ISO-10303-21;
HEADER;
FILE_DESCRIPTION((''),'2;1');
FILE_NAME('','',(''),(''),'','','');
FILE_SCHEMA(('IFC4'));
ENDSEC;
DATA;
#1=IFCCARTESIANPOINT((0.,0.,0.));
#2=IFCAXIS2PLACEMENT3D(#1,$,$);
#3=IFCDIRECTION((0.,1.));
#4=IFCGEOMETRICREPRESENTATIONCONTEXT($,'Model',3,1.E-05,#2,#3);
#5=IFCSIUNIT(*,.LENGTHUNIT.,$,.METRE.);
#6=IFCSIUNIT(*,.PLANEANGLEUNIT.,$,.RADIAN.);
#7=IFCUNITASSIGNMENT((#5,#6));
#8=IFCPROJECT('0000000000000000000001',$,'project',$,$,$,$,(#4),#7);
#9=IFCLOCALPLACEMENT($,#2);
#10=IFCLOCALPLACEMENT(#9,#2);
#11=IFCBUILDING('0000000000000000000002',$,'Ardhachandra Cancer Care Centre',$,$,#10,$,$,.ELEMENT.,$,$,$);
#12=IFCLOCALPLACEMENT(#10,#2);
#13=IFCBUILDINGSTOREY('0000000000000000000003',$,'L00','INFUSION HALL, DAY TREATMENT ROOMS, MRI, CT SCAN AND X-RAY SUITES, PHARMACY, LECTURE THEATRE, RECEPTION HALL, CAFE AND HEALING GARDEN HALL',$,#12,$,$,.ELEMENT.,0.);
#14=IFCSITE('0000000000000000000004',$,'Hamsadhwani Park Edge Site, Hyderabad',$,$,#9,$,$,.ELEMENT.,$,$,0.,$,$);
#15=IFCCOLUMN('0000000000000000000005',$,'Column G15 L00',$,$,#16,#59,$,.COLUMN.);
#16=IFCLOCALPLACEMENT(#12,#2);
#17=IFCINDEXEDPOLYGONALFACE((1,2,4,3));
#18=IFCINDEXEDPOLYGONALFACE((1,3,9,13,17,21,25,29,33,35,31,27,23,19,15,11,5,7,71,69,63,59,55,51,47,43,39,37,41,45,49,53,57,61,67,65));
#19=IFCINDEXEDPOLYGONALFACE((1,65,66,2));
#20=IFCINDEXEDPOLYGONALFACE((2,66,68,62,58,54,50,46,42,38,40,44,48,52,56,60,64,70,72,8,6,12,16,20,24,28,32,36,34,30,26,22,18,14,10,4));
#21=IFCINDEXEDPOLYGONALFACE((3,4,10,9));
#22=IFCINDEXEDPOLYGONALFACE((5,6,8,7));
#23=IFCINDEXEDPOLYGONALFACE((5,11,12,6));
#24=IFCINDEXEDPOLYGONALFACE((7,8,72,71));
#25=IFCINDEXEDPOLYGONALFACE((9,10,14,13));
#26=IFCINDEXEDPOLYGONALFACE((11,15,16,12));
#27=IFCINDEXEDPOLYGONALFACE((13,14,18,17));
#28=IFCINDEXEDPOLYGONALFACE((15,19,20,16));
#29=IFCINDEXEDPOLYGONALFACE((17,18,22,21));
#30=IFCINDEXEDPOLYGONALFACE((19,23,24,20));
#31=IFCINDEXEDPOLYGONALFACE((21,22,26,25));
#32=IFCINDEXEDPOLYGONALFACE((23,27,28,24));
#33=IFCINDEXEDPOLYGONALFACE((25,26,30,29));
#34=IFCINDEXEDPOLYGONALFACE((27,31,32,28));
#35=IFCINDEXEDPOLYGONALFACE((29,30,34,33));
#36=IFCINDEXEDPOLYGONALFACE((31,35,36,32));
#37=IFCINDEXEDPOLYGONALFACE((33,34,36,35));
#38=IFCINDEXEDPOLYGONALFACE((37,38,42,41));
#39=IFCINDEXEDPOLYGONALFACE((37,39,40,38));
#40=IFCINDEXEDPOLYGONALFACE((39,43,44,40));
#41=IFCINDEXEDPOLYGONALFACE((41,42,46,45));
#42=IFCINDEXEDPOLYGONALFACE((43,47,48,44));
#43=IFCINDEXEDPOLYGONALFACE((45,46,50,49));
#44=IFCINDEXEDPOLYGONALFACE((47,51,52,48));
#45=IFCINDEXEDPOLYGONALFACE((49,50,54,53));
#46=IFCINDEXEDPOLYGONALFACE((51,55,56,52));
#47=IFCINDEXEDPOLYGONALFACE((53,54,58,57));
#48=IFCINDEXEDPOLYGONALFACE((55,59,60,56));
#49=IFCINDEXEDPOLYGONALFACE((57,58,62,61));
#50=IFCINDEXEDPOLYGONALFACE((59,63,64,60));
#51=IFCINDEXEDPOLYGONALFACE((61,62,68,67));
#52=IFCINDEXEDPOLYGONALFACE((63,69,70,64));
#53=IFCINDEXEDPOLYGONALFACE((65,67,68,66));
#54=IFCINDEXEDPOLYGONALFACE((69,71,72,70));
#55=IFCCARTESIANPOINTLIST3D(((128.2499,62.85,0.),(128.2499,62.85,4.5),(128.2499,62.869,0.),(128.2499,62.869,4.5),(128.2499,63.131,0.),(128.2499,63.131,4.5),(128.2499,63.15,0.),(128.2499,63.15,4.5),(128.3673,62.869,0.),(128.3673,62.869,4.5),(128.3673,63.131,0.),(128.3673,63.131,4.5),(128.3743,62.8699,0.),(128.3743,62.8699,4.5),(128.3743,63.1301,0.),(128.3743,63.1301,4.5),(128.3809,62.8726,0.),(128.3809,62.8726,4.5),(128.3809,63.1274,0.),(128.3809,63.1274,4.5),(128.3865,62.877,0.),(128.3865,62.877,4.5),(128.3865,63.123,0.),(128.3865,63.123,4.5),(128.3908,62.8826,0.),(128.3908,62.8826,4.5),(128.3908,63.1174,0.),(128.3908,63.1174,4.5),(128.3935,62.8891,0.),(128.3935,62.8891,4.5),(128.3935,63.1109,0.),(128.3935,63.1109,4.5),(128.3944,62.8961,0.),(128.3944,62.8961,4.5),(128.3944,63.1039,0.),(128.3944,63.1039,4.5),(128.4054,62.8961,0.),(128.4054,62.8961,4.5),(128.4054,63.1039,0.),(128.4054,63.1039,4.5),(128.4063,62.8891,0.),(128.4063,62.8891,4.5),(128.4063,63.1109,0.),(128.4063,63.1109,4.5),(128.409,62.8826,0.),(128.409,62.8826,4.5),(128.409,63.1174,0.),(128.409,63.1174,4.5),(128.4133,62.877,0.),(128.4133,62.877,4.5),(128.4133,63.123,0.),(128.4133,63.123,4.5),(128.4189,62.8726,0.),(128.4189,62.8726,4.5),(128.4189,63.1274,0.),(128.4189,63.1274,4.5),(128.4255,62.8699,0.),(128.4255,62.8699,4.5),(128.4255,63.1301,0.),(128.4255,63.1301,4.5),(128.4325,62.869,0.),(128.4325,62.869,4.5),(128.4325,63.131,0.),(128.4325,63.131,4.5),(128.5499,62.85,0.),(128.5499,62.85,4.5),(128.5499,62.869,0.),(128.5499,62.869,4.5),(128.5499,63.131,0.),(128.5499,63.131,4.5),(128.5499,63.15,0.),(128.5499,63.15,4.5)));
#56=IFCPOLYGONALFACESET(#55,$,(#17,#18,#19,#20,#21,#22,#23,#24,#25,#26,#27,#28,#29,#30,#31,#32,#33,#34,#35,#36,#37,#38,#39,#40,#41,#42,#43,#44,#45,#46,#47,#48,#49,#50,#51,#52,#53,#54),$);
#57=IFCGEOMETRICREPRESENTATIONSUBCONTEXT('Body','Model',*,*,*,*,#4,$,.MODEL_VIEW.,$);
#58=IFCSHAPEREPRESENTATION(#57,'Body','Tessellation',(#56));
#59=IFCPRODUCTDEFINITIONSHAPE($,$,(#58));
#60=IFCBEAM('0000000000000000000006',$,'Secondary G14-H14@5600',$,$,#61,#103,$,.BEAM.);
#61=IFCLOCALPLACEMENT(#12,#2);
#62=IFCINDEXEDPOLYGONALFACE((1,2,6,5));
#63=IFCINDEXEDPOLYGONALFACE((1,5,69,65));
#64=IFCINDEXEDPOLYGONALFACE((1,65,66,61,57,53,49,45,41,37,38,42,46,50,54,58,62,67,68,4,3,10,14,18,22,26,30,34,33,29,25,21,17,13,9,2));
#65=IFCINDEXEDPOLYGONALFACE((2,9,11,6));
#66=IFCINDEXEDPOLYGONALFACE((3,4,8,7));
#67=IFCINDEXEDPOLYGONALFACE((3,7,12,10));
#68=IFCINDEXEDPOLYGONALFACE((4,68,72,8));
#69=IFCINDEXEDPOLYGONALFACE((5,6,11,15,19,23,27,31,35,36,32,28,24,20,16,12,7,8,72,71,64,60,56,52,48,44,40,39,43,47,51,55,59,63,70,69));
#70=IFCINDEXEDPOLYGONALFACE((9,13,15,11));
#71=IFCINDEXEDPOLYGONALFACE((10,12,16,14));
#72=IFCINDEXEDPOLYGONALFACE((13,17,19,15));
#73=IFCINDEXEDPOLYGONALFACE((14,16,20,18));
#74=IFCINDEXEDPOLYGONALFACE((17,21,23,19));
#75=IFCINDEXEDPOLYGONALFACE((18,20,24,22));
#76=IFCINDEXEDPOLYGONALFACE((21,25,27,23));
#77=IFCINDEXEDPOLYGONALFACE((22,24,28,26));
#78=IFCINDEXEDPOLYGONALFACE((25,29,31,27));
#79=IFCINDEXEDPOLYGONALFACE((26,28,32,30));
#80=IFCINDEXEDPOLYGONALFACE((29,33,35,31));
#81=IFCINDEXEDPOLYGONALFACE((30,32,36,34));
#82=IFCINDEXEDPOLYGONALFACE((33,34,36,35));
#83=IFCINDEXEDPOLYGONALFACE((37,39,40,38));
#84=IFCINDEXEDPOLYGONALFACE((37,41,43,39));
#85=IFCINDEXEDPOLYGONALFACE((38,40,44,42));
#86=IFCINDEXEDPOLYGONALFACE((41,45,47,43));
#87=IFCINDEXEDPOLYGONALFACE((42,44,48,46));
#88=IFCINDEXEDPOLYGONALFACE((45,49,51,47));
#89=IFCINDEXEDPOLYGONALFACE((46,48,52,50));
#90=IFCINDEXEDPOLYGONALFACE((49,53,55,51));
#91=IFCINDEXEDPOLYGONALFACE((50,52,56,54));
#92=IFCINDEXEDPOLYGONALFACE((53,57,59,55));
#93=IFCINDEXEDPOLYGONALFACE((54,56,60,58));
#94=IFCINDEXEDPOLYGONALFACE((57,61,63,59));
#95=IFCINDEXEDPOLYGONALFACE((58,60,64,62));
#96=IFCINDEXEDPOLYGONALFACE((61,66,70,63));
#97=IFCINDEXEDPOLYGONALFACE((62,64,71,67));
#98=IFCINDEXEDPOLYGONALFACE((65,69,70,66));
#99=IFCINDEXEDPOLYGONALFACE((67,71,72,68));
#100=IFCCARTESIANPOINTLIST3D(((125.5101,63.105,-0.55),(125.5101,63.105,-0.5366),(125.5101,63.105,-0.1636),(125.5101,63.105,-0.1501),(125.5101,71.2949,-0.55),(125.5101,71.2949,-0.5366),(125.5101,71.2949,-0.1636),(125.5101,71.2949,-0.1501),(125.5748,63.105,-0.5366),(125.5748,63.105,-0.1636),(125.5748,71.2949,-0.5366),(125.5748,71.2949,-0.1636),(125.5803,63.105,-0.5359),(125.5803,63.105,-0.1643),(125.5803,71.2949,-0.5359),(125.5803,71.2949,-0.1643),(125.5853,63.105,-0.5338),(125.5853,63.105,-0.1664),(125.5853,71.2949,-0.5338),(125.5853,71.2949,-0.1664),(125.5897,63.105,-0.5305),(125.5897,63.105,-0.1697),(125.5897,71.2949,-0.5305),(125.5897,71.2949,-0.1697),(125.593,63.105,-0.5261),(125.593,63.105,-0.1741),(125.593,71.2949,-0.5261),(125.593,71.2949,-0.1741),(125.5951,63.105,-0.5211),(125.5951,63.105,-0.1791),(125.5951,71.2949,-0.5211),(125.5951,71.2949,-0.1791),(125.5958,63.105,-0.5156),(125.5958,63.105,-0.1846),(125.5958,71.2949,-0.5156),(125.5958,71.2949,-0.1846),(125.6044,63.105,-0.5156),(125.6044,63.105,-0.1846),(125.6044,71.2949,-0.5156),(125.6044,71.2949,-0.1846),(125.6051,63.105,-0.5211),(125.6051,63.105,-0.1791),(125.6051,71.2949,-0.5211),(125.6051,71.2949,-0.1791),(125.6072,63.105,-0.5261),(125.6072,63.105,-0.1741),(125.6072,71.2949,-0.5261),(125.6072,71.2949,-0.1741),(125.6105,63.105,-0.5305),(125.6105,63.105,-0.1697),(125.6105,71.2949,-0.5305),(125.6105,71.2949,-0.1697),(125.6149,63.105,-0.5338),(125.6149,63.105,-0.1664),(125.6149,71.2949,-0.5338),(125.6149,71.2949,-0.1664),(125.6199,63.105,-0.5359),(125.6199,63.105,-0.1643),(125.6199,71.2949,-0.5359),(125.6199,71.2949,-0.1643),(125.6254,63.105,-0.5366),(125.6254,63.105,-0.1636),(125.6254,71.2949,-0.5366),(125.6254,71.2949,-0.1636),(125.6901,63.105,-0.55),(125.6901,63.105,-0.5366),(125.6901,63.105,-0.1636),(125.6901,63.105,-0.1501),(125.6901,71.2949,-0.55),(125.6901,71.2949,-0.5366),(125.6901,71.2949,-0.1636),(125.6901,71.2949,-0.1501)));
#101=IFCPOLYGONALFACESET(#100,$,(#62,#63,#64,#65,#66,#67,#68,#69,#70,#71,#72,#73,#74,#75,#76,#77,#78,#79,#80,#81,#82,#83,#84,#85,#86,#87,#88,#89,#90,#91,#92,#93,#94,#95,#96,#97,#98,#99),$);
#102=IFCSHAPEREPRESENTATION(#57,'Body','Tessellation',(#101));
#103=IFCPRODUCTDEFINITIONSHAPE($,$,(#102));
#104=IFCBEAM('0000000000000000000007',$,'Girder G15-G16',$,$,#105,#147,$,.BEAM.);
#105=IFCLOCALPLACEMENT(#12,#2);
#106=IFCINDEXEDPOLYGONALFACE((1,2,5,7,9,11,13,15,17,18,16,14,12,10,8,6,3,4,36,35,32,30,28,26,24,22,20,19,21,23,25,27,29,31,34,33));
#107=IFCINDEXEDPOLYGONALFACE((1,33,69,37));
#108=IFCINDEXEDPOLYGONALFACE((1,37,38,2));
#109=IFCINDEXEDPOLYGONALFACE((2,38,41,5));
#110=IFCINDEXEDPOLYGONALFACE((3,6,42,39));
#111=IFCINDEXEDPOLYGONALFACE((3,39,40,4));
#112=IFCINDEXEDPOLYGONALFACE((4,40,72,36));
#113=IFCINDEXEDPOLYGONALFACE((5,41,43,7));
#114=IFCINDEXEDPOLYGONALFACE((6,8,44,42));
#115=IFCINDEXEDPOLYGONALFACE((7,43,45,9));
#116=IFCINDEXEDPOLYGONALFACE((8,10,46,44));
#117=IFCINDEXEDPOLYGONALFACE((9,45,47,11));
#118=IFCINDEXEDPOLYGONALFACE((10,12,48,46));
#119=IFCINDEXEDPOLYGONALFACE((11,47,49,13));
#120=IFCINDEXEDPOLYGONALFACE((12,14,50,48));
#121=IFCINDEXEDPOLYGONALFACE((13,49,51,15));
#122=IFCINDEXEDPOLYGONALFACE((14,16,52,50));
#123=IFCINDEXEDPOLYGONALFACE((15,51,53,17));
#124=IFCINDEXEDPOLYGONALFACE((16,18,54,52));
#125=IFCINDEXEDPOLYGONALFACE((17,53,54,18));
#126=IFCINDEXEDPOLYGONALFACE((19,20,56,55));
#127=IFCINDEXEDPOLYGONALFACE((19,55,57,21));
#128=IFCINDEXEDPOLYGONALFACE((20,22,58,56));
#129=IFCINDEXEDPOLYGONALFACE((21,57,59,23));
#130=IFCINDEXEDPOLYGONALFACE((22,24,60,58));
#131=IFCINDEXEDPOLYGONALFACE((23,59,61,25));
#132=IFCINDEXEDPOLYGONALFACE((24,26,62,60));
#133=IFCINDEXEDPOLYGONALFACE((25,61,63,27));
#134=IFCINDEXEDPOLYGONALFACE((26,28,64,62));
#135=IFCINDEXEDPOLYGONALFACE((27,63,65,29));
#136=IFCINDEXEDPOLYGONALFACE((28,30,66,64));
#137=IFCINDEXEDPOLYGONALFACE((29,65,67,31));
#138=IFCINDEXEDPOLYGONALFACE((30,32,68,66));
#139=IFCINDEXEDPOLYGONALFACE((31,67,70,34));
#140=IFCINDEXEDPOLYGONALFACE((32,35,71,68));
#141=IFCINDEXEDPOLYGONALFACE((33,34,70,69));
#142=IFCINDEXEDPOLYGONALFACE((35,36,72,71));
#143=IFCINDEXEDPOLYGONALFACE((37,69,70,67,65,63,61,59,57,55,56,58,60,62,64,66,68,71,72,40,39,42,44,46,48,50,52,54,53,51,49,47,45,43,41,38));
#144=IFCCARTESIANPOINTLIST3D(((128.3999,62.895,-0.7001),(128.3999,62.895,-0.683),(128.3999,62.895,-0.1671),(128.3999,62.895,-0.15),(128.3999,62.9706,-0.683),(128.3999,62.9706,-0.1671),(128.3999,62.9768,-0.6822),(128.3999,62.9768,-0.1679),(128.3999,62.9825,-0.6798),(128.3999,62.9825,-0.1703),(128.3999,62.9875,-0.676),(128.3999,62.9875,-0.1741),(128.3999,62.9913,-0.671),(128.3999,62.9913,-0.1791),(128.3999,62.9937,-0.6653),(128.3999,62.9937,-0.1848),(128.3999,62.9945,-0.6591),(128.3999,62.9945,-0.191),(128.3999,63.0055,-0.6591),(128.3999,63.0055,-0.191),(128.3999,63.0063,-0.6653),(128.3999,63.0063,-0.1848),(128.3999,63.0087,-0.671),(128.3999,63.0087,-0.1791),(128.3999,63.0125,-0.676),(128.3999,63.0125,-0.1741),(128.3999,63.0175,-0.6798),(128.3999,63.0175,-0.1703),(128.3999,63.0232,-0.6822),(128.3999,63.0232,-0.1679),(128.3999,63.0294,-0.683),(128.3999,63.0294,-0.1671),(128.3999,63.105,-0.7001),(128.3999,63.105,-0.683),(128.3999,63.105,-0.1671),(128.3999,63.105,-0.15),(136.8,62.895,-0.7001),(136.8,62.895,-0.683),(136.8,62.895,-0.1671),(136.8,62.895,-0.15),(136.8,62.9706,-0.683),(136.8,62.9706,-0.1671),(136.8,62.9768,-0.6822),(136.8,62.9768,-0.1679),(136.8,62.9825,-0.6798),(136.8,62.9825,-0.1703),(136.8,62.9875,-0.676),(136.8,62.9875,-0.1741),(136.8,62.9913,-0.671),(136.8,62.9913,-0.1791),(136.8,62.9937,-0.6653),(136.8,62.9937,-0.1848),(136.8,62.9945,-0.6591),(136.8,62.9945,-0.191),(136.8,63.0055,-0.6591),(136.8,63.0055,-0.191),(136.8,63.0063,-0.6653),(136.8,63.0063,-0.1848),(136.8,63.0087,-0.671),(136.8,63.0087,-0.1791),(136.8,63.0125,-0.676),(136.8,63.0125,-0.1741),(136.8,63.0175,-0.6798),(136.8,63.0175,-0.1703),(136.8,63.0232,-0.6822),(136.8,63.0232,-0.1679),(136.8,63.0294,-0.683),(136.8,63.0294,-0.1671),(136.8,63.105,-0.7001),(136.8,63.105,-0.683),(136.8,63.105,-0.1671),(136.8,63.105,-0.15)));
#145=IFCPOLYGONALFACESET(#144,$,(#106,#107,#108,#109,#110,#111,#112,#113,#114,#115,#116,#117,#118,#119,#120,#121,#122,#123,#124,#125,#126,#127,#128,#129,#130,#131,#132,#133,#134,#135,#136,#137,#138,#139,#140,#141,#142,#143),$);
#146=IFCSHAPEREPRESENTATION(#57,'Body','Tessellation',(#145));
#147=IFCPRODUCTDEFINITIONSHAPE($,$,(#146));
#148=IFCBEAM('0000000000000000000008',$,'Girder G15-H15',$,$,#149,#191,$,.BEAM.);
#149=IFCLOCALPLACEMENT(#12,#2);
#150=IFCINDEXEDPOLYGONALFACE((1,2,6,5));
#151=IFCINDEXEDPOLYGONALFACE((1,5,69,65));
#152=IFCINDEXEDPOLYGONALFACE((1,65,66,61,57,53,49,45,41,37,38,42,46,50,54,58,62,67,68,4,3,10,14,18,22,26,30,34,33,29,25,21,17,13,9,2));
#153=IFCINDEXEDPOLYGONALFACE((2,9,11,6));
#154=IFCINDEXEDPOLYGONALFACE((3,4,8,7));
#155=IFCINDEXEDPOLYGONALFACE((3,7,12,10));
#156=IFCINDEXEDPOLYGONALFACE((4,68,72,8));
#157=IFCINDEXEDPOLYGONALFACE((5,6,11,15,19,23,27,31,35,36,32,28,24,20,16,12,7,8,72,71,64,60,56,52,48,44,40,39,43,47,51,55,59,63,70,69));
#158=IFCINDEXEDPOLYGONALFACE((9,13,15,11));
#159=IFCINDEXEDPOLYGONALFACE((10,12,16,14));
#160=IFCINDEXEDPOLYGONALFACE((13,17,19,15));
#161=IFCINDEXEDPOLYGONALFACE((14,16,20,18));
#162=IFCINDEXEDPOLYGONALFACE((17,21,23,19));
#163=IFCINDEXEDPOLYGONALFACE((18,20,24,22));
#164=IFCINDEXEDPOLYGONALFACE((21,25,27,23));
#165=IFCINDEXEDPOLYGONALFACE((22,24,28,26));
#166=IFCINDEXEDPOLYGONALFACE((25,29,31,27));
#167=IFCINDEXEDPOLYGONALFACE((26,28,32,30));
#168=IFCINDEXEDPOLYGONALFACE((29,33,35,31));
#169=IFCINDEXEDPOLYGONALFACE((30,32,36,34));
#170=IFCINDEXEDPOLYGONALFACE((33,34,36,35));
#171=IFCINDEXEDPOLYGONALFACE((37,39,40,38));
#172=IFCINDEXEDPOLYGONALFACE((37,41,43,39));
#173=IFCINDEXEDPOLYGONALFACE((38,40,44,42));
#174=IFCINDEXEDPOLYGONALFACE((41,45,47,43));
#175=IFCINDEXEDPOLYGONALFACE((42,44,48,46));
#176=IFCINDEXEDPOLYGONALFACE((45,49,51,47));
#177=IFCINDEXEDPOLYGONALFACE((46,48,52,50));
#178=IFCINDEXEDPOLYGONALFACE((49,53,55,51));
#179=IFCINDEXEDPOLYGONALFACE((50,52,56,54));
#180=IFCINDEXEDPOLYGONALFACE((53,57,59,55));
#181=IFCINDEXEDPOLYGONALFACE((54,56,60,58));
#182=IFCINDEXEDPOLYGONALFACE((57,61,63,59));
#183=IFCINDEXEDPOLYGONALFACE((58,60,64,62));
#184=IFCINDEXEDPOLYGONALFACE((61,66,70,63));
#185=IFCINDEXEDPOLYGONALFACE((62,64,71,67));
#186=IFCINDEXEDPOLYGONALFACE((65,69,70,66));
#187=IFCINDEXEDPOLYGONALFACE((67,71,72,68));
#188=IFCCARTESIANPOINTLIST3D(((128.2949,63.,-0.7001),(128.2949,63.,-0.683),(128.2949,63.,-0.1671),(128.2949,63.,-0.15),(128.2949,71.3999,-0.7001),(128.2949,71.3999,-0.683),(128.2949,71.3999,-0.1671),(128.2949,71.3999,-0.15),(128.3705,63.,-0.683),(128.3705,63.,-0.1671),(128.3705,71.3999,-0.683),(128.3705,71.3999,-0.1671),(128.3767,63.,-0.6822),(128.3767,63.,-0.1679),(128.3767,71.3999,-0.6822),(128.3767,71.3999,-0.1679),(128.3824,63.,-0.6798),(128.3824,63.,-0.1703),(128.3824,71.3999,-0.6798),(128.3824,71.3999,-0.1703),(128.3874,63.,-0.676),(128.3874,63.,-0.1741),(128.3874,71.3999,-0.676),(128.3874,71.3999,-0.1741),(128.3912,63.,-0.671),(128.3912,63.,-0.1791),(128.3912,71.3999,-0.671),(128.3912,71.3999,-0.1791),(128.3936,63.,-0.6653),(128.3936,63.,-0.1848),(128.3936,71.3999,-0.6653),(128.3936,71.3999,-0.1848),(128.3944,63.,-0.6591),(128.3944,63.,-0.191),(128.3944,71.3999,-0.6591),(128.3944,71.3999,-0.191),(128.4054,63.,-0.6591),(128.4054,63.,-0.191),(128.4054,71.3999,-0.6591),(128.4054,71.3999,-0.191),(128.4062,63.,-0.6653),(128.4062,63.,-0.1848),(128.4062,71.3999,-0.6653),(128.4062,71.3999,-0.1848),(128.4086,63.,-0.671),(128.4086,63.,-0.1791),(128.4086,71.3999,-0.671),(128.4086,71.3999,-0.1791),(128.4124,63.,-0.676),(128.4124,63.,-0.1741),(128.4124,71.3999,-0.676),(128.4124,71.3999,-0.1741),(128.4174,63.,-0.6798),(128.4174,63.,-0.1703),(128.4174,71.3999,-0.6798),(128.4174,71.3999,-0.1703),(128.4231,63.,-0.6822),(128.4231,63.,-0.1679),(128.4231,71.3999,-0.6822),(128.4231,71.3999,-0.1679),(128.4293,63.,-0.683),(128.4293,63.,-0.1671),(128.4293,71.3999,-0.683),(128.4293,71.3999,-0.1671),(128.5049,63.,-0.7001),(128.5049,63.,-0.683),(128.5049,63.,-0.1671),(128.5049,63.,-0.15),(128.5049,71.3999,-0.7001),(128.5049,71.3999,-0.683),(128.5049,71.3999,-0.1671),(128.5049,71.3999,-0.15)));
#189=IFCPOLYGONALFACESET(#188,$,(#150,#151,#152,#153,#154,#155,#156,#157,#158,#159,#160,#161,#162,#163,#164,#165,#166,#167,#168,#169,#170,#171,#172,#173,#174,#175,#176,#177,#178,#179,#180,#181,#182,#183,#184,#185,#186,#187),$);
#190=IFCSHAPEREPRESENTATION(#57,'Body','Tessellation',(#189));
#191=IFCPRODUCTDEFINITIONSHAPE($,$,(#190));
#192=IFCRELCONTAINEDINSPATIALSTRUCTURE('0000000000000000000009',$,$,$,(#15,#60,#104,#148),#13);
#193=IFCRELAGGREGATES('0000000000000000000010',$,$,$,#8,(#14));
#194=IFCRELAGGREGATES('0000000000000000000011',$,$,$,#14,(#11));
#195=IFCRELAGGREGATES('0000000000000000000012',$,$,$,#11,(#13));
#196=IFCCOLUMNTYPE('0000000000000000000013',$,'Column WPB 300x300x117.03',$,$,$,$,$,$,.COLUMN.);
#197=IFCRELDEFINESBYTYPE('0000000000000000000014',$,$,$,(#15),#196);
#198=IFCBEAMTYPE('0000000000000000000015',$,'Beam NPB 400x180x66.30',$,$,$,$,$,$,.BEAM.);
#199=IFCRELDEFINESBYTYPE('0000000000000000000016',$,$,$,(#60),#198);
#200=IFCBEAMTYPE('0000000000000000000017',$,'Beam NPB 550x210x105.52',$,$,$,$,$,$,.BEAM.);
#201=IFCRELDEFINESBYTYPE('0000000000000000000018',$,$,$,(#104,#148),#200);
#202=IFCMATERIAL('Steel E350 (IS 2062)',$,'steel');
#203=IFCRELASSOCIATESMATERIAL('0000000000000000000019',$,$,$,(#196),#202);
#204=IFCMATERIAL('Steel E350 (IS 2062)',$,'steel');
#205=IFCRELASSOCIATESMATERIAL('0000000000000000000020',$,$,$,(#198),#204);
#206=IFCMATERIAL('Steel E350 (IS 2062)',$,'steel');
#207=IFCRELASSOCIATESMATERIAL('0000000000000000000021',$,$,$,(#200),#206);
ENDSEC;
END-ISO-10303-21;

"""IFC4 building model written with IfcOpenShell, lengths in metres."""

from ifc_helpers import new_model, si_unit, direction, frame, origin, origin_2d, place, context, subcontext, project, spatial, i_section, extrude, material, material_profile, profile_set, type_object, element, save


model = new_model("IFC4")

# Units and contexts
model_context = context("Model", 3, precision=1e-05, world=origin(), true_north=direction((0.0, 1.0)))
body_context = subcontext(model_context, "Body", "Model", "MODEL_VIEW")
ifc_project = project(units=[si_unit("LENGTHUNIT", "METRE"), si_unit("PLANEANGLEUNIT", "RADIAN")], contexts=[model_context])

# Site, building, storey
site_placement = place(None, origin())
site = spatial("IfcSite", under=ifc_project, at=site_placement, Name="Hamsadhwani Park Edge Site, Hyderabad", CompositionType="ELEMENT", RefElevation=0.0)
building_placement = place(site_placement, origin())
building = spatial("IfcBuilding", under=site, at=building_placement, Name="Ardhachandra Cancer Care Centre", CompositionType="ELEMENT")
storey_placement = place(building_placement, origin())
storey = spatial("IfcBuildingStorey", under=building, at=storey_placement, Name="L00", Description="INFUSION HALL, DAY TREATMENT ROOMS, MRI, CT SCAN AND X-RAY SUITES, PHARMACY, LECTURE THEATRE, RECEPTION HALL, CAFE AND HEALING GARDEN HALL", CompositionType="ELEMENT", Elevation=0.0)

# Column
ifc_material_1 = material(Name="Steel E350 (IS 2062)", Category="steel")
ifc_material_profile_1 = material_profile(ifc_material_1, i_section(OverallWidth=0.3, OverallDepth=0.3, WebThickness=0.011, FlangeThickness=0.019, FilletRadius=0.0271, at=origin_2d()), Name="WPB 300x300x117.03")
ifc_profile_set_1 = profile_set([ifc_material_profile_1], Name="Steel E350 (IS 2062)")
column_type = type_object("IfcColumnType", Name="Column WPB 300x300x117.03", PredefinedType="COLUMN", material=ifc_profile_set_1)
column_placement = place(storey_placement, frame((128.3999, 63.0, 0.0), z_axis=(0.0, 0.0, 1.0), x_axis=(1.0, 0.0, 0.0)))
element("IfcColumn", 1, at=column_placement, inside=storey, type_object=column_type, Name="Column G15 L00", PredefinedType="COLUMN", context=body_context, shape_type="SweptSolid", body=[
    extrude(i_section(OverallWidth=0.3, OverallDepth=0.3, WebThickness=0.011, FlangeThickness=0.019, FilletRadius=0.0271, at=origin_2d()), origin(), (0.0, 0.0, 1.0), 4.5),
])

# Beams
ifc_material_2 = material(Name="Steel E350 (IS 2062)", Category="steel")
ifc_material_profile_2 = material_profile(ifc_material_2, i_section(OverallWidth=0.1799, OverallDepth=0.3999, WebThickness=0.0085, FlangeThickness=0.0134, FilletRadius=0.021, at=origin_2d()), Name="NPB 400x180x66.30")
ifc_profile_set_2 = profile_set([ifc_material_profile_2], Name="Steel E350 (IS 2062)")
beam_type_1 = type_object("IfcBeamType", Name="Beam NPB 400x180x66.30", PredefinedType="BEAM", material=ifc_profile_set_2)
beam_1_placement = place(storey_placement, frame((125.6001, 63.105, -0.3501), z_axis=(0.0, 1.0, 0.0), x_axis=(-1.0, 0.0, 0.0)))
element("IfcBeam", 2, at=beam_1_placement, inside=storey, type_object=beam_type_1, Name="Secondary G14-H14@5600", PredefinedType="BEAM", context=body_context, shape_type="SweptSolid", body=[
    extrude(i_section(OverallWidth=0.1799, OverallDepth=0.3999, WebThickness=0.0085, FlangeThickness=0.0134, FilletRadius=0.021, at=origin_2d()), origin(), (0.0, 0.0, 1.0), 8.1899),
])
ifc_material_3 = material(Name="Steel E350 (IS 2062)", Category="steel")
ifc_material_profile_3 = material_profile(ifc_material_3, i_section(OverallWidth=0.21, OverallDepth=0.55, WebThickness=0.011, FlangeThickness=0.0171, FilletRadius=0.0239, at=origin_2d()), Name="NPB 550x210x105.52")
ifc_profile_set_3 = profile_set([ifc_material_profile_3], Name="Steel E350 (IS 2062)")
beam_type_2 = type_object("IfcBeamType", Name="Beam NPB 550x210x105.52", PredefinedType="BEAM", material=ifc_profile_set_3)
beam_2_placement = place(storey_placement, frame((128.3999, 63.0, -0.425), z_axis=(1.0, 0.0, 0.0), x_axis=(0.0, 1.0, 0.0)))
element("IfcBeam", 3, at=beam_2_placement, inside=storey, type_object=beam_type_2, Name="Girder G15-G16", PredefinedType="BEAM", context=body_context, shape_type="SweptSolid", body=[
    extrude(i_section(OverallWidth=0.21, OverallDepth=0.55, WebThickness=0.011, FlangeThickness=0.0171, FilletRadius=0.0239, at=origin_2d()), origin(), (0.0, 0.0, 1.0), 8.4001),
])
beam_3_placement = place(storey_placement, frame((128.3999, 63.0, -0.425), z_axis=(0.0, 1.0, 0.0), x_axis=(-1.0, 0.0, 0.0)))
element("IfcBeam", 4, at=beam_3_placement, inside=storey, type_object=beam_type_2, Name="Girder G15-H15", PredefinedType="BEAM", context=body_context, shape_type="SweptSolid", body=[
    extrude(i_section(OverallWidth=0.21, OverallDepth=0.55, WebThickness=0.011, FlangeThickness=0.0171, FilletRadius=0.0239, at=origin_2d()), origin(), (0.0, 0.0, 1.0), 8.3999),
])

save(model, "model.ifc")
